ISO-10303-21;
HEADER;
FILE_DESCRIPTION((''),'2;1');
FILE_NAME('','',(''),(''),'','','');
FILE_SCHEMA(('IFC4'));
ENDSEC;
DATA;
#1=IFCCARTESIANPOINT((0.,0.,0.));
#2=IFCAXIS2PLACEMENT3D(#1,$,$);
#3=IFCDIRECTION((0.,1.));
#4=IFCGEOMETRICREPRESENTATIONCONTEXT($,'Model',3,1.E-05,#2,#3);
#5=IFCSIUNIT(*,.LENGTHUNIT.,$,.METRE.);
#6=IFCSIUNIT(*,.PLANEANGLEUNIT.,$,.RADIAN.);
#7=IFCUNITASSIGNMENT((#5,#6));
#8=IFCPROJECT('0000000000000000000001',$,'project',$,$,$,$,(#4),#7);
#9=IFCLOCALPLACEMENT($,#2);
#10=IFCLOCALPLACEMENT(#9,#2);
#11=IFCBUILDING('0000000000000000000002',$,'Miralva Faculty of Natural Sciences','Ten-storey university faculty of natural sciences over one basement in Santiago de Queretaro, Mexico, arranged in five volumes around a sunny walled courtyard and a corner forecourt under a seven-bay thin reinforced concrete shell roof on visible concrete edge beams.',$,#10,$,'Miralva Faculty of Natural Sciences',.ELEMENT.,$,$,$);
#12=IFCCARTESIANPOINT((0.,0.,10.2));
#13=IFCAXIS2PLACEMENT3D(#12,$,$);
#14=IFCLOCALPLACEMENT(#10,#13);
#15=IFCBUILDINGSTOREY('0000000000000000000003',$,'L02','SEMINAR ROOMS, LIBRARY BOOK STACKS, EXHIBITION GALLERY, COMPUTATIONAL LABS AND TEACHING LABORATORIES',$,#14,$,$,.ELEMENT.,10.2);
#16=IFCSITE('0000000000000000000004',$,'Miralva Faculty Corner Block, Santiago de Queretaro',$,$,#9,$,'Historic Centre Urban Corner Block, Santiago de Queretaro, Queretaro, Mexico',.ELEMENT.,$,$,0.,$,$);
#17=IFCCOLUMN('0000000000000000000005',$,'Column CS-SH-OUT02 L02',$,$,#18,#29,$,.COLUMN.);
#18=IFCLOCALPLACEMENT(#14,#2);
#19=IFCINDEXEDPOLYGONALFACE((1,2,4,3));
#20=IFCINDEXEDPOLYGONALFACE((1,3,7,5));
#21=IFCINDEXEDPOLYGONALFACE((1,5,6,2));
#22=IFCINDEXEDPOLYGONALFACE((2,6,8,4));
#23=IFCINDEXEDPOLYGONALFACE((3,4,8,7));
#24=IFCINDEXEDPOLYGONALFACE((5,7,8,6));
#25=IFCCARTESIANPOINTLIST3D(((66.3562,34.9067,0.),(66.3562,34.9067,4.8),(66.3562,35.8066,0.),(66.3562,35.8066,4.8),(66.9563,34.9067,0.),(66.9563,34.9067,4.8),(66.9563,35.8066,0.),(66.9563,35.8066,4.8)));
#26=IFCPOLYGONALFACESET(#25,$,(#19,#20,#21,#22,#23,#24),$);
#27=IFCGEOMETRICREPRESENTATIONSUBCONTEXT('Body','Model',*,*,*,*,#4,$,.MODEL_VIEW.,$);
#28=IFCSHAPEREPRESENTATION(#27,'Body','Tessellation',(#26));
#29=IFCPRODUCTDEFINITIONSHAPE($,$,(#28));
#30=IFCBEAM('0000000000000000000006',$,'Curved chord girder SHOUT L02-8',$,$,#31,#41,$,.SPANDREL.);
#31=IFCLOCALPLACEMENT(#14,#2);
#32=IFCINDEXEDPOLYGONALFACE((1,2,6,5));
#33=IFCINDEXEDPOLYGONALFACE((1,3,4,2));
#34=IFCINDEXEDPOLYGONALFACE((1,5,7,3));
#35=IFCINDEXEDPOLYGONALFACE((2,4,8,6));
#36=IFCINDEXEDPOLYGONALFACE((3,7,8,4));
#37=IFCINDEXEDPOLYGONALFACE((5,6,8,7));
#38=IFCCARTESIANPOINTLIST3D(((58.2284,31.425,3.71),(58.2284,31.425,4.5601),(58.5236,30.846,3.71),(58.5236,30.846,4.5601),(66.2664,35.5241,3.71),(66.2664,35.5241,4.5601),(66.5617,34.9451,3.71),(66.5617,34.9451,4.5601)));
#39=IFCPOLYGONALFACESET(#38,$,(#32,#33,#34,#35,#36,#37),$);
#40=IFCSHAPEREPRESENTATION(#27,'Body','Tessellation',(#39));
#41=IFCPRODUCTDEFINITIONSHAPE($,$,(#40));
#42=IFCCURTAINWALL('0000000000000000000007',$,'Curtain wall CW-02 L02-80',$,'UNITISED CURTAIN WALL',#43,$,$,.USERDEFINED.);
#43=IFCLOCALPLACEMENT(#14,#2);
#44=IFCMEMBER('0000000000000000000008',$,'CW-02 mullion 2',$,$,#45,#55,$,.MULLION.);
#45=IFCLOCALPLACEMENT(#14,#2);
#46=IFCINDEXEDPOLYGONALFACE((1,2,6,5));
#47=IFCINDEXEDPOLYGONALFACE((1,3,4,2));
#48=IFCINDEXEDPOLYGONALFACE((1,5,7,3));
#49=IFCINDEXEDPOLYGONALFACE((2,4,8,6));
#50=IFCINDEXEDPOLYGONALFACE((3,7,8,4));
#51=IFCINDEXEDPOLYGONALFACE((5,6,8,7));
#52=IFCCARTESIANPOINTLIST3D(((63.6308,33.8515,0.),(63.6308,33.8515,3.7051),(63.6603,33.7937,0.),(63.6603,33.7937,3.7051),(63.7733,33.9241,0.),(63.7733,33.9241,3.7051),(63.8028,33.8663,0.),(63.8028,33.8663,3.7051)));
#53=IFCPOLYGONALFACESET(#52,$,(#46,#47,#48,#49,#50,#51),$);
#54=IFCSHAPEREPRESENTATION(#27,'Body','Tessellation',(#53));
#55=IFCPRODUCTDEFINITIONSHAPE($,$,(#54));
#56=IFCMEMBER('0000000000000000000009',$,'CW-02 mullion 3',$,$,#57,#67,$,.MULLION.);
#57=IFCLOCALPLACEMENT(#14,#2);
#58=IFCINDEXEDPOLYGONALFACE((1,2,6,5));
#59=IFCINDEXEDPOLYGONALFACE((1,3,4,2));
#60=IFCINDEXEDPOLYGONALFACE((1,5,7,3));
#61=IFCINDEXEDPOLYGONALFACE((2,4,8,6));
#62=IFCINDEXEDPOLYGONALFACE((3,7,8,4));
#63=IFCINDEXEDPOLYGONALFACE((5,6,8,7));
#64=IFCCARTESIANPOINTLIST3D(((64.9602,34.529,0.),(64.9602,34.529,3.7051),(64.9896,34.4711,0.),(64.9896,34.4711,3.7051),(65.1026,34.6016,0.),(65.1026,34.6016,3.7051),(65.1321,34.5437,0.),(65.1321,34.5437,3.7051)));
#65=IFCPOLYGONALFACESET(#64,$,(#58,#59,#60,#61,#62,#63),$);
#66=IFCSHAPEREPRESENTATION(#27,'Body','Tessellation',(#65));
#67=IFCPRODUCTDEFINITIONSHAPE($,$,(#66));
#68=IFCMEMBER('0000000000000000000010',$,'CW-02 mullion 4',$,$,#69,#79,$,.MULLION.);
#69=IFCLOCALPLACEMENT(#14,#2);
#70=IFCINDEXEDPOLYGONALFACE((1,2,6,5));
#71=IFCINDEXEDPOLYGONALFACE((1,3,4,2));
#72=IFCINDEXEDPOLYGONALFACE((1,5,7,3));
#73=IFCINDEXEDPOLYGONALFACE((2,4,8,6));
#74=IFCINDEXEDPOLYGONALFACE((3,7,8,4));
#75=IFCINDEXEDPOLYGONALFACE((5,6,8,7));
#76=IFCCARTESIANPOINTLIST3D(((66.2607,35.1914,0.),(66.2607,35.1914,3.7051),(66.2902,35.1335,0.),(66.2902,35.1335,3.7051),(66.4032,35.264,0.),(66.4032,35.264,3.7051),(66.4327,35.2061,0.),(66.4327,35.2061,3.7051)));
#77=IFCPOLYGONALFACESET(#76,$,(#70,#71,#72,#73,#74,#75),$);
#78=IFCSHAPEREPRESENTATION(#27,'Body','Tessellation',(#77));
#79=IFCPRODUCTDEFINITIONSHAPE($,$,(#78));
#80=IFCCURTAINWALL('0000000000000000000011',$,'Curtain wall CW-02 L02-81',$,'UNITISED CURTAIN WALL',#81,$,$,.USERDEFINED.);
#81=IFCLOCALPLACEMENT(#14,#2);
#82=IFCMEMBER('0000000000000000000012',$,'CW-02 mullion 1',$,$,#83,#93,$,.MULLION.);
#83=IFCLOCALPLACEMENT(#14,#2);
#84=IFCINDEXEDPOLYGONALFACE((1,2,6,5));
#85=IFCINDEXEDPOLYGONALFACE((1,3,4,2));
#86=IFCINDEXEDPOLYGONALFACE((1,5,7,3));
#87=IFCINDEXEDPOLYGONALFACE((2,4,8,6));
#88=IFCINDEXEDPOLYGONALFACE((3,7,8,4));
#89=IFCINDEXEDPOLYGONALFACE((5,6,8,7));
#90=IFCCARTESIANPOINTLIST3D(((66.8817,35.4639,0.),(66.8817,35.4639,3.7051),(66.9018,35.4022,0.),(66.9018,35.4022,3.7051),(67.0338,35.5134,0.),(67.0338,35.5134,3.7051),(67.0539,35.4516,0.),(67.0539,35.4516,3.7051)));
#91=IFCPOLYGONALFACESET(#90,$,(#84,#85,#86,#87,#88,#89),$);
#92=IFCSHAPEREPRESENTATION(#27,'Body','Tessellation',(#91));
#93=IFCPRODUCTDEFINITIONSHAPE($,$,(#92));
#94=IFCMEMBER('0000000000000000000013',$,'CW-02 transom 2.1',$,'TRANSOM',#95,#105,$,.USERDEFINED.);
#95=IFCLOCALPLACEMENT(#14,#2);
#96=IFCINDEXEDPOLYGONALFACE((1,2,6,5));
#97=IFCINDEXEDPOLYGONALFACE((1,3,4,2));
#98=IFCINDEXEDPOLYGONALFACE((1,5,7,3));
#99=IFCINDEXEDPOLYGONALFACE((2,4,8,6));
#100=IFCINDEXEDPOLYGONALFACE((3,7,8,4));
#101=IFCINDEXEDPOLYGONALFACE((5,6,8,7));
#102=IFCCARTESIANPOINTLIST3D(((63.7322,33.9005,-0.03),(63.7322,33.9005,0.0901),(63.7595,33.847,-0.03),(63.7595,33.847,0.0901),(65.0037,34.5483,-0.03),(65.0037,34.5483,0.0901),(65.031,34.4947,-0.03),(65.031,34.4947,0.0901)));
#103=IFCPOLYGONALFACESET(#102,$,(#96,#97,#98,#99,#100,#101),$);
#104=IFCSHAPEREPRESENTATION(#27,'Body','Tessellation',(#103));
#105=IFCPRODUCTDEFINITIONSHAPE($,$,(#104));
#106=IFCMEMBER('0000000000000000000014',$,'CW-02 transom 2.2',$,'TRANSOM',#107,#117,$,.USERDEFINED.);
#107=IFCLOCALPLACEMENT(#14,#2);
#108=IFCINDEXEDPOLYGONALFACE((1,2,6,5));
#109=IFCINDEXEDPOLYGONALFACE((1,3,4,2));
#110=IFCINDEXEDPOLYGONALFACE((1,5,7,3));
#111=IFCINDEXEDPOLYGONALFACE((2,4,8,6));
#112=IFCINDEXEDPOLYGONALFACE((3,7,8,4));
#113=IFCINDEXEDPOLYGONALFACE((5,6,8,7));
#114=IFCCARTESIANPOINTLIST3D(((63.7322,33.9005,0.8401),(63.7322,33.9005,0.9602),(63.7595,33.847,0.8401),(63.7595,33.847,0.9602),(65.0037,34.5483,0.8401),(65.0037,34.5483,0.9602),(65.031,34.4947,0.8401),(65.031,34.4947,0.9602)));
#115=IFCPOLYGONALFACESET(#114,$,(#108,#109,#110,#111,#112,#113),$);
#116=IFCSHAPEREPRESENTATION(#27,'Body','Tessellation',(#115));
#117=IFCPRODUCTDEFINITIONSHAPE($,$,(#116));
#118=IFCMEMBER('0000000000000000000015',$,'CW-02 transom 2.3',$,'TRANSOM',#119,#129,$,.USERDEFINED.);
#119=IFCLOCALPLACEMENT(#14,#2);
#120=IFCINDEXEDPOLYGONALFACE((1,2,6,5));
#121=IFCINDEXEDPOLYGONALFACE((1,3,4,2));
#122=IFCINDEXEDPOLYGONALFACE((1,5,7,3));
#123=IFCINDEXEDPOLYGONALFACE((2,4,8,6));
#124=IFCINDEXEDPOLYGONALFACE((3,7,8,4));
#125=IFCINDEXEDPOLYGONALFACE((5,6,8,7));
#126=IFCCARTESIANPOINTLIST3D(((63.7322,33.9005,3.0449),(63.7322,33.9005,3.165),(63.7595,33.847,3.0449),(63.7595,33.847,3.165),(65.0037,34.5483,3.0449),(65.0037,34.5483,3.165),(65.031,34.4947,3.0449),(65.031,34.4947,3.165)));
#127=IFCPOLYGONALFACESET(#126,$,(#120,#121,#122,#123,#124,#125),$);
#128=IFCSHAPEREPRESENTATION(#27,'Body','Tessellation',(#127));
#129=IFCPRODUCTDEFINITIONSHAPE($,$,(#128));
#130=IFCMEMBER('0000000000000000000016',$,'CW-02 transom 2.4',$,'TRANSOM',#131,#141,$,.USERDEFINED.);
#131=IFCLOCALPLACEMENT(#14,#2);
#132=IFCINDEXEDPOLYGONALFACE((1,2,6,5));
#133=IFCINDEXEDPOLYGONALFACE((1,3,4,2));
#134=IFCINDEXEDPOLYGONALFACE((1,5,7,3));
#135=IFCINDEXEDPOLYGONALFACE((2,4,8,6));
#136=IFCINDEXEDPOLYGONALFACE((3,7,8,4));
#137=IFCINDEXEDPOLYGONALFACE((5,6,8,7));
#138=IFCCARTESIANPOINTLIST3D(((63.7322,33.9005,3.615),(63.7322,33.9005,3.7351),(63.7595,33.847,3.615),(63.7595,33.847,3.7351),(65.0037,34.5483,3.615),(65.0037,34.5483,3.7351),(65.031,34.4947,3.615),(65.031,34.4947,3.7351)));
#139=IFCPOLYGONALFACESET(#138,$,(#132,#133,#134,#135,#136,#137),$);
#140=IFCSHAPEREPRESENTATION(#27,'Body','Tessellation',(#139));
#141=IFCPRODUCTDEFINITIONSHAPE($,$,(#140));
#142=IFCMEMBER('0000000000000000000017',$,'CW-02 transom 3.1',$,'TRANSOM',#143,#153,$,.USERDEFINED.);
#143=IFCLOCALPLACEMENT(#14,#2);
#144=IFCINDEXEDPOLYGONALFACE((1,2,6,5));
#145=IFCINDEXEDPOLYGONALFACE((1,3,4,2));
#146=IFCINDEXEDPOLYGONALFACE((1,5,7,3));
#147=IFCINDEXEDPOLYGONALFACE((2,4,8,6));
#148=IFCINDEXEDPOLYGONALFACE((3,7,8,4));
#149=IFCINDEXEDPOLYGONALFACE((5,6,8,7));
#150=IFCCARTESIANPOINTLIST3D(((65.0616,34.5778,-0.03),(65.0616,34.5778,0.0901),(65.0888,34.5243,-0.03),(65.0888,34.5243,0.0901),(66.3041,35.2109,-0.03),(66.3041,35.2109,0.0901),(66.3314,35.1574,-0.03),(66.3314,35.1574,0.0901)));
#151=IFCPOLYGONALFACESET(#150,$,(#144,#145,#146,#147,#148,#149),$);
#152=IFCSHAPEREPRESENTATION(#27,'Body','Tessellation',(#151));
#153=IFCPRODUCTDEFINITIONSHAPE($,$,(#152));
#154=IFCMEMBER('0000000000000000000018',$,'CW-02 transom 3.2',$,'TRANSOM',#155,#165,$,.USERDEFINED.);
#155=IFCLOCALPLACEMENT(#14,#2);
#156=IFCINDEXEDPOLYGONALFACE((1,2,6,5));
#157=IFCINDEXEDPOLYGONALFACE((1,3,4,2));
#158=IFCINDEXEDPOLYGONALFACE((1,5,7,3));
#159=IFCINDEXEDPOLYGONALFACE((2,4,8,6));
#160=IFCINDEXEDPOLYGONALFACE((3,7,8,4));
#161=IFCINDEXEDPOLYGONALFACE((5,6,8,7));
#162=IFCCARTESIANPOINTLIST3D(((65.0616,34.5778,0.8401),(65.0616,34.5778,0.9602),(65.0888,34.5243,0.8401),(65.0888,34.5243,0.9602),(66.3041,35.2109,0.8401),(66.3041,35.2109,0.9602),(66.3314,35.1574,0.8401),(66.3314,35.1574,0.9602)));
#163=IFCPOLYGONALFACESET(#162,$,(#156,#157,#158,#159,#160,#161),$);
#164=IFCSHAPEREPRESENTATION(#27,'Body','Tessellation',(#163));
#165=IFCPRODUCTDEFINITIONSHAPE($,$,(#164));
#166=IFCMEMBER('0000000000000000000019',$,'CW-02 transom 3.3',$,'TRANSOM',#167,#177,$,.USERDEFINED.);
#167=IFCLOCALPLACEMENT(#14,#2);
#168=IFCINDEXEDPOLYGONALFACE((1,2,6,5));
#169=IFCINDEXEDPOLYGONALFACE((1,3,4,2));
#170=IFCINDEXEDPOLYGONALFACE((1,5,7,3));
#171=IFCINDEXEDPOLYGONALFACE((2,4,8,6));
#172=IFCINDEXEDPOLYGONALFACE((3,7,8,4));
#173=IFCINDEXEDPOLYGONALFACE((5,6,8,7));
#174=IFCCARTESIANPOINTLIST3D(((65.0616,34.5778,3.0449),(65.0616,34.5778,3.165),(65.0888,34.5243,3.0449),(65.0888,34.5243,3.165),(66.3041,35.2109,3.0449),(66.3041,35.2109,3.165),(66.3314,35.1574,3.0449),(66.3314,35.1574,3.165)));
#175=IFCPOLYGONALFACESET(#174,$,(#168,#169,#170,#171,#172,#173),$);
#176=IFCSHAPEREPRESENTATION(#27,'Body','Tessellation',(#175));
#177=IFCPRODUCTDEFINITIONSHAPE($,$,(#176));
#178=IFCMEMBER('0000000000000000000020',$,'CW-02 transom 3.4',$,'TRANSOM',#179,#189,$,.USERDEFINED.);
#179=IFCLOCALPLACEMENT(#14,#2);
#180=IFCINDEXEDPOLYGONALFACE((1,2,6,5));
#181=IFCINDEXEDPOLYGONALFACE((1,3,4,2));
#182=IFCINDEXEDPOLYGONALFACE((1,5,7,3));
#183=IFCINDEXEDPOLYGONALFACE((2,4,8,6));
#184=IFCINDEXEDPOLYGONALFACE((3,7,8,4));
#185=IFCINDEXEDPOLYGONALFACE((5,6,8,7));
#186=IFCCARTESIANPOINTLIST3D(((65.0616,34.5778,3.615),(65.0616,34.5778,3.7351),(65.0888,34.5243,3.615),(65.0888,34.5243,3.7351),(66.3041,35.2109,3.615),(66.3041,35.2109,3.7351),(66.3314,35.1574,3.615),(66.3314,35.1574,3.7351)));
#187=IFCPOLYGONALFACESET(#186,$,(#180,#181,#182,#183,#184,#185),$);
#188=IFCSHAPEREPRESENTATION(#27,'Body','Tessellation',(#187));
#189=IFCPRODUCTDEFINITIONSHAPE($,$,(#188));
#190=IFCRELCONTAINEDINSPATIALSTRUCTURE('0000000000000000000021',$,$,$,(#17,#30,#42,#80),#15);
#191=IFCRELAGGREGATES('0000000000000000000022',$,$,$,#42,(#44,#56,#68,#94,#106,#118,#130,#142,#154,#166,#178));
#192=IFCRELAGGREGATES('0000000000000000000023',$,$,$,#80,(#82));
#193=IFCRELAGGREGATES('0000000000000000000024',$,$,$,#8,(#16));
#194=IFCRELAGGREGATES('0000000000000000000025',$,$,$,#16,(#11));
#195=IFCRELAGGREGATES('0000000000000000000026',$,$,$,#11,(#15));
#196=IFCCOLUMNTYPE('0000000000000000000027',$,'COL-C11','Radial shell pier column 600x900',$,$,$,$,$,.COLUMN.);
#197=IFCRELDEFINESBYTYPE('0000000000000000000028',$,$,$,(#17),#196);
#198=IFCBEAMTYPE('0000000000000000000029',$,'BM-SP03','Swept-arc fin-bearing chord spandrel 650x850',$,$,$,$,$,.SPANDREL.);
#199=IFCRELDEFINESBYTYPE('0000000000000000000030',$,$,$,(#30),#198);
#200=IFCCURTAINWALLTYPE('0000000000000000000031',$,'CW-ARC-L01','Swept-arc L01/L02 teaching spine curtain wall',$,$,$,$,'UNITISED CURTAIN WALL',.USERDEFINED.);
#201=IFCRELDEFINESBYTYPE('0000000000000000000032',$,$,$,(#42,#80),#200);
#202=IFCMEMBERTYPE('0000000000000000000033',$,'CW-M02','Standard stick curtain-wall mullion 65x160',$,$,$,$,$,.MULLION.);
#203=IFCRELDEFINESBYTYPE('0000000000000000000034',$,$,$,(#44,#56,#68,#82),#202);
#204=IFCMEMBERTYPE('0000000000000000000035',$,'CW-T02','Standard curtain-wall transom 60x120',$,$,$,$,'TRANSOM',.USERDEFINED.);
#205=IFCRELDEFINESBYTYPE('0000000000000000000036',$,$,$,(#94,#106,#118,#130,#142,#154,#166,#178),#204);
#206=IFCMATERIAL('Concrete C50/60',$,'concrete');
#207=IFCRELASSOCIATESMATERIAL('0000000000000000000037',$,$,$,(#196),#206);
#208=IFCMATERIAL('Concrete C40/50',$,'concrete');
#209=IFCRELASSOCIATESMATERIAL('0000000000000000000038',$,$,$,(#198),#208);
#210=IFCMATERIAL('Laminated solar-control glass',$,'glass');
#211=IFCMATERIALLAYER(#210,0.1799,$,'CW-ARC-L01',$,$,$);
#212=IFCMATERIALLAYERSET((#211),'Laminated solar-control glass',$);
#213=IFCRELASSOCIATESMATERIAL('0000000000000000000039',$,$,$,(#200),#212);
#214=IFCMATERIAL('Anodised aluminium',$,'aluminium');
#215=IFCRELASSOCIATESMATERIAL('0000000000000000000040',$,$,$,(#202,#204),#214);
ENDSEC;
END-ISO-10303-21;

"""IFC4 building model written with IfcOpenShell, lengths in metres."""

from ifc_helpers import new_model, si_unit, direction, frame, origin, origin_2d, place, context, subcontext, project, spatial, rectangle, extrude, material, layer, layer_set, material_profile, profile_set, type_object, element, aggregate, save


model = new_model("IFC4")

# Units and contexts
model_context = context("Model", 3, precision=1e-05, world=origin(), true_north=direction((0.0, 1.0)))
body_context = subcontext(model_context, "Body", "Model", "MODEL_VIEW")
ifc_project = project(units=[si_unit("LENGTHUNIT", "METRE"), si_unit("PLANEANGLEUNIT", "RADIAN")], contexts=[model_context])

# Site, building, storey
site_placement = place(None, origin())
site = spatial("IfcSite", under=ifc_project, at=site_placement, Name="Miralva Faculty Corner Block, Santiago de Queretaro", LongName="Historic Centre Urban Corner Block, Santiago de Queretaro, Queretaro, Mexico", CompositionType="ELEMENT", RefElevation=0.0)
building_placement = place(site_placement, origin())
building = spatial("IfcBuilding", under=site, at=building_placement, Name="Miralva Faculty of Natural Sciences", Description="Ten-storey university faculty of natural sciences over one basement in Santiago de Queretaro, Mexico, arranged in five volumes around a sunny walled courtyard and a corner forecourt under a seven-bay thin reinforced concrete shell roof on visible concrete edge beams.", LongName="Miralva Faculty of Natural Sciences", CompositionType="ELEMENT")
storey_placement = place(building_placement, frame((0.0, 0.0, 10.2)))
storey = spatial("IfcBuildingStorey", under=building, at=storey_placement, Name="L02", Description="SEMINAR ROOMS, LIBRARY BOOK STACKS, EXHIBITION GALLERY, COMPUTATIONAL LABS AND TEACHING LABORATORIES", CompositionType="ELEMENT", Elevation=10.2)

# Column
ifc_material_1 = material(Name="Concrete C50/60", Category="concrete")
ifc_material_profile_1 = material_profile(ifc_material_1, rectangle(XDim=0.6001, YDim=0.8999, at=origin_2d()), Name="RC 600x900")
ifc_profile_set_1 = profile_set([ifc_material_profile_1], Name="Concrete C50/60")
column_type = type_object("IfcColumnType", Name="COL-C11", Description="Radial shell pier column 600x900", PredefinedType="COLUMN", material=ifc_profile_set_1)
column_placement = place(storey_placement, frame((66.6562, 35.3567, 0.0), z_axis=(0.0, 0.0, 1.0), x_axis=(1.0, 0.0, 0.0)))
element("IfcColumn", 1, at=column_placement, inside=storey, type_object=column_type, Name="Column CS-SH-OUT02 L02", PredefinedType="COLUMN", context=body_context, shape_type="SweptSolid", body=[
    extrude(rectangle(XDim=0.6001, YDim=0.8999, at=origin_2d()), origin(), (0.0, 0.0, 1.0), 4.8),
])

# Beam
ifc_material_2 = material(Name="Concrete C40/50", Category="concrete")
ifc_material_profile_2 = material_profile(ifc_material_2, rectangle(XDim=0.6499, YDim=0.8501, at=origin_2d()), Name="RC 650x850")
ifc_profile_set_2 = profile_set([ifc_material_profile_2], Name="Concrete C40/50")
beam_type = type_object("IfcBeamType", Name="BM-SP03", Description="Swept-arc fin-bearing chord spandrel 650x850", PredefinedType="SPANDREL", material=ifc_profile_set_2)
beam_placement = place(storey_placement, frame((66.4141, 35.2346, 4.135), z_axis=(-0.890849, -0.454299, 0.0), x_axis=(0.454299, -0.890849, 0.0)))
element("IfcBeam", 2, at=beam_placement, inside=storey, type_object=beam_type, Name="Curved chord girder SHOUT L02-8", PredefinedType="SPANDREL", context=body_context, shape_type="SweptSolid", body=[
    extrude(rectangle(XDim=0.6499, YDim=0.8501, at=origin_2d()), origin(), (0.0, 0.0, 1.0), 9.0229),
])

# Curtain wall, members
ifc_material_3 = material(Name="Laminated solar-control glass", Category="glass")
ifc_layer_1 = layer(ifc_material_3, 0.1799, Name="CW-ARC-L01")
ifc_layer_set_1 = layer_set([ifc_layer_1], Name="Laminated solar-control glass")
curtain_wall_type = type_object("IfcCurtainWallType", Name="CW-ARC-L01", Description="Swept-arc L01/L02 teaching spine curtain wall", ElementType="UNITISED CURTAIN WALL", PredefinedType="USERDEFINED", material=ifc_layer_set_1)
curtain_wall_1_placement = place(storey_placement, origin())
curtain_wall_1 = element("IfcCurtainWall", 3, at=curtain_wall_1_placement, inside=storey, type_object=curtain_wall_type, Name="Curtain wall CW-02 L02-80", ObjectType="UNITISED CURTAIN WALL", PredefinedType="USERDEFINED")
ifc_material_4 = material(Name="Anodised aluminium", Category="aluminium")
ifc_material_profile_3 = material_profile(ifc_material_4, rectangle(XDim=0.0649, YDim=0.1599, at=origin_2d()), Name="MULLION 65x160")
ifc_profile_set_3 = profile_set([ifc_material_profile_3], Name="Anodised aluminium")
member_type_1 = type_object("IfcMemberType", Name="CW-M02", Description="Standard stick curtain-wall mullion 65x160", PredefinedType="MULLION", material=ifc_profile_set_3)
member_1_placement = place(storey_placement, frame((63.7168, 33.8589, 0.0), z_axis=(0.0, 0.0, 1.0), x_axis=(-0.453975, 0.891015, 0.0)))
member_1 = element("IfcMember", 4, at=member_1_placement, type_object=member_type_1, Name="CW-02 mullion 2", PredefinedType="MULLION", context=body_context, shape_type="SweptSolid", body=[
    extrude(rectangle(XDim=0.0649, YDim=0.1599, at=origin_2d()), origin(), (0.0, 0.0, 1.0), 3.7051),
])
member_2_placement = place(storey_placement, frame((65.0461, 34.5364, 0.0), z_axis=(0.0, 0.0, 1.0), x_axis=(-0.453975, 0.891015, 0.0)))
member_2 = element("IfcMember", 5, at=member_2_placement, type_object=member_type_1, Name="CW-02 mullion 3", PredefinedType="MULLION", context=body_context, shape_type="SweptSolid", body=[
    extrude(rectangle(XDim=0.0649, YDim=0.1599, at=origin_2d()), origin(), (0.0, 0.0, 1.0), 3.7051),
])
member_3_placement = place(storey_placement, frame((66.3467, 35.1987, 0.0), z_axis=(0.0, 0.0, 1.0), x_axis=(-0.453975, 0.891015, 0.0)))
member_3 = element("IfcMember", 6, at=member_3_placement, type_object=member_type_1, Name="CW-02 mullion 4", PredefinedType="MULLION", context=body_context, shape_type="SweptSolid", body=[
    extrude(rectangle(XDim=0.0649, YDim=0.1599, at=origin_2d()), origin(), (0.0, 0.0, 1.0), 3.7051),
])

# Curtain wall, member
curtain_wall_2_placement = place(storey_placement, origin())
curtain_wall_2 = element("IfcCurtainWall", 7, at=curtain_wall_2_placement, inside=storey, type_object=curtain_wall_type, Name="Curtain wall CW-02 L02-81", ObjectType="UNITISED CURTAIN WALL", PredefinedType="USERDEFINED")
member_4_placement = place(storey_placement, frame((66.9678, 35.4578, 0.0), z_axis=(0.0, 0.0, 1.0), x_axis=(-0.309011, 0.951058, 0.0)))
member_4 = element("IfcMember", 8, at=member_4_placement, type_object=member_type_1, Name="CW-02 mullion 1", PredefinedType="MULLION", context=body_context, shape_type="SweptSolid", body=[
    extrude(rectangle(XDim=0.0649, YDim=0.1599, at=origin_2d()), origin(), (0.0, 0.0, 1.0), 3.7051),
])

# Members
ifc_material_profile_4 = material_profile(ifc_material_4, rectangle(XDim=0.0601, YDim=0.1201, at=origin_2d()), Name="TRANSOM 60x120")
ifc_profile_set_4 = profile_set([ifc_material_profile_4], Name="Anodised aluminium")
member_type_2 = type_object("IfcMemberType", Name="CW-T02", Description="Standard curtain-wall transom 60x120", ElementType="TRANSOM", PredefinedType="USERDEFINED", material=ifc_profile_set_4)
member_5_placement = place(storey_placement, frame((63.7458, 33.8738, 0.03), z_axis=(0.891049, 0.453908, 0.0), x_axis=(-0.453908, 0.891049, 0.0)))
member_5 = element("IfcMember", 9, at=member_5_placement, type_object=member_type_2, Name="CW-02 transom 2.1", ObjectType="TRANSOM", PredefinedType="USERDEFINED", context=body_context, shape_type="SweptSolid", body=[
    extrude(rectangle(XDim=0.0601, YDim=0.1201, at=origin_2d()), origin(), (0.0, 0.0, 1.0), 1.427),
])
member_6_placement = place(storey_placement, frame((63.7458, 33.8738, 0.9001), z_axis=(0.891049, 0.453908, 0.0), x_axis=(-0.453908, 0.891049, 0.0)))
member_6 = element("IfcMember", 10, at=member_6_placement, type_object=member_type_2, Name="CW-02 transom 2.2", ObjectType="TRANSOM", PredefinedType="USERDEFINED", context=body_context, shape_type="SweptSolid", body=[
    extrude(rectangle(XDim=0.0601, YDim=0.1201, at=origin_2d()), origin(), (0.0, 0.0, 1.0), 1.427),
])
member_7_placement = place(storey_placement, frame((63.7458, 33.8738, 3.105), z_axis=(0.891049, 0.453908, 0.0), x_axis=(-0.453908, 0.891049, 0.0)))
member_7 = element("IfcMember", 11, at=member_7_placement, type_object=member_type_2, Name="CW-02 transom 2.3", ObjectType="TRANSOM", PredefinedType="USERDEFINED", context=body_context, shape_type="SweptSolid", body=[
    extrude(rectangle(XDim=0.0601, YDim=0.1201, at=origin_2d()), origin(), (0.0, 0.0, 1.0), 1.427),
])
member_8_placement = place(storey_placement, frame((63.7458, 33.8738, 3.675), z_axis=(0.891049, 0.453908, 0.0), x_axis=(-0.453908, 0.891049, 0.0)))
member_8 = element("IfcMember", 12, at=member_8_placement, type_object=member_type_2, Name="CW-02 transom 2.4", ObjectType="TRANSOM", PredefinedType="USERDEFINED", context=body_context, shape_type="SweptSolid", body=[
    extrude(rectangle(XDim=0.0601, YDim=0.1201, at=origin_2d()), origin(), (0.0, 0.0, 1.0), 1.427),
])
member_9_placement = place(storey_placement, frame((65.0752, 34.551, 0.03), z_axis=(0.891005, 0.453994, 0.0), x_axis=(-0.453994, 0.891005, 0.0)))
member_9 = element("IfcMember", 13, at=member_9_placement, type_object=member_type_2, Name="CW-02 transom 3.1", ObjectType="TRANSOM", PredefinedType="USERDEFINED", context=body_context, shape_type="SweptSolid", body=[
    extrude(rectangle(XDim=0.0601, YDim=0.1201, at=origin_2d()), origin(), (0.0, 0.0, 1.0), 1.3945),
])
member_10_placement = place(storey_placement, frame((65.0752, 34.551, 0.9001), z_axis=(0.891005, 0.453994, 0.0), x_axis=(-0.453994, 0.891005, 0.0)))
member_10 = element("IfcMember", 14, at=member_10_placement, type_object=member_type_2, Name="CW-02 transom 3.2", ObjectType="TRANSOM", PredefinedType="USERDEFINED", context=body_context, shape_type="SweptSolid", body=[
    extrude(rectangle(XDim=0.0601, YDim=0.1201, at=origin_2d()), origin(), (0.0, 0.0, 1.0), 1.3945),
])
member_11_placement = place(storey_placement, frame((65.0752, 34.551, 3.105), z_axis=(0.891005, 0.453994, 0.0), x_axis=(-0.453994, 0.891005, 0.0)))
member_11 = element("IfcMember", 15, at=member_11_placement, type_object=member_type_2, Name="CW-02 transom 3.3", ObjectType="TRANSOM", PredefinedType="USERDEFINED", context=body_context, shape_type="SweptSolid", body=[
    extrude(rectangle(XDim=0.0601, YDim=0.1201, at=origin_2d()), origin(), (0.0, 0.0, 1.0), 1.3945),
])
member_12_placement = place(storey_placement, frame((65.0752, 34.551, 3.675), z_axis=(0.891005, 0.453994, 0.0), x_axis=(-0.453994, 0.891005, 0.0)))
member_12 = element("IfcMember", 16, at=member_12_placement, type_object=member_type_2, Name="CW-02 transom 3.4", ObjectType="TRANSOM", PredefinedType="USERDEFINED", context=body_context, shape_type="SweptSolid", body=[
    extrude(rectangle(XDim=0.0601, YDim=0.1201, at=origin_2d()), origin(), (0.0, 0.0, 1.0), 1.3945),
])

aggregate(curtain_wall_1, [member_1, member_2, member_3, member_5, member_6, member_7, member_8, member_9, member_10, member_11, member_12])
aggregate(curtain_wall_2, [member_4])

save(model, "model.ifc")
